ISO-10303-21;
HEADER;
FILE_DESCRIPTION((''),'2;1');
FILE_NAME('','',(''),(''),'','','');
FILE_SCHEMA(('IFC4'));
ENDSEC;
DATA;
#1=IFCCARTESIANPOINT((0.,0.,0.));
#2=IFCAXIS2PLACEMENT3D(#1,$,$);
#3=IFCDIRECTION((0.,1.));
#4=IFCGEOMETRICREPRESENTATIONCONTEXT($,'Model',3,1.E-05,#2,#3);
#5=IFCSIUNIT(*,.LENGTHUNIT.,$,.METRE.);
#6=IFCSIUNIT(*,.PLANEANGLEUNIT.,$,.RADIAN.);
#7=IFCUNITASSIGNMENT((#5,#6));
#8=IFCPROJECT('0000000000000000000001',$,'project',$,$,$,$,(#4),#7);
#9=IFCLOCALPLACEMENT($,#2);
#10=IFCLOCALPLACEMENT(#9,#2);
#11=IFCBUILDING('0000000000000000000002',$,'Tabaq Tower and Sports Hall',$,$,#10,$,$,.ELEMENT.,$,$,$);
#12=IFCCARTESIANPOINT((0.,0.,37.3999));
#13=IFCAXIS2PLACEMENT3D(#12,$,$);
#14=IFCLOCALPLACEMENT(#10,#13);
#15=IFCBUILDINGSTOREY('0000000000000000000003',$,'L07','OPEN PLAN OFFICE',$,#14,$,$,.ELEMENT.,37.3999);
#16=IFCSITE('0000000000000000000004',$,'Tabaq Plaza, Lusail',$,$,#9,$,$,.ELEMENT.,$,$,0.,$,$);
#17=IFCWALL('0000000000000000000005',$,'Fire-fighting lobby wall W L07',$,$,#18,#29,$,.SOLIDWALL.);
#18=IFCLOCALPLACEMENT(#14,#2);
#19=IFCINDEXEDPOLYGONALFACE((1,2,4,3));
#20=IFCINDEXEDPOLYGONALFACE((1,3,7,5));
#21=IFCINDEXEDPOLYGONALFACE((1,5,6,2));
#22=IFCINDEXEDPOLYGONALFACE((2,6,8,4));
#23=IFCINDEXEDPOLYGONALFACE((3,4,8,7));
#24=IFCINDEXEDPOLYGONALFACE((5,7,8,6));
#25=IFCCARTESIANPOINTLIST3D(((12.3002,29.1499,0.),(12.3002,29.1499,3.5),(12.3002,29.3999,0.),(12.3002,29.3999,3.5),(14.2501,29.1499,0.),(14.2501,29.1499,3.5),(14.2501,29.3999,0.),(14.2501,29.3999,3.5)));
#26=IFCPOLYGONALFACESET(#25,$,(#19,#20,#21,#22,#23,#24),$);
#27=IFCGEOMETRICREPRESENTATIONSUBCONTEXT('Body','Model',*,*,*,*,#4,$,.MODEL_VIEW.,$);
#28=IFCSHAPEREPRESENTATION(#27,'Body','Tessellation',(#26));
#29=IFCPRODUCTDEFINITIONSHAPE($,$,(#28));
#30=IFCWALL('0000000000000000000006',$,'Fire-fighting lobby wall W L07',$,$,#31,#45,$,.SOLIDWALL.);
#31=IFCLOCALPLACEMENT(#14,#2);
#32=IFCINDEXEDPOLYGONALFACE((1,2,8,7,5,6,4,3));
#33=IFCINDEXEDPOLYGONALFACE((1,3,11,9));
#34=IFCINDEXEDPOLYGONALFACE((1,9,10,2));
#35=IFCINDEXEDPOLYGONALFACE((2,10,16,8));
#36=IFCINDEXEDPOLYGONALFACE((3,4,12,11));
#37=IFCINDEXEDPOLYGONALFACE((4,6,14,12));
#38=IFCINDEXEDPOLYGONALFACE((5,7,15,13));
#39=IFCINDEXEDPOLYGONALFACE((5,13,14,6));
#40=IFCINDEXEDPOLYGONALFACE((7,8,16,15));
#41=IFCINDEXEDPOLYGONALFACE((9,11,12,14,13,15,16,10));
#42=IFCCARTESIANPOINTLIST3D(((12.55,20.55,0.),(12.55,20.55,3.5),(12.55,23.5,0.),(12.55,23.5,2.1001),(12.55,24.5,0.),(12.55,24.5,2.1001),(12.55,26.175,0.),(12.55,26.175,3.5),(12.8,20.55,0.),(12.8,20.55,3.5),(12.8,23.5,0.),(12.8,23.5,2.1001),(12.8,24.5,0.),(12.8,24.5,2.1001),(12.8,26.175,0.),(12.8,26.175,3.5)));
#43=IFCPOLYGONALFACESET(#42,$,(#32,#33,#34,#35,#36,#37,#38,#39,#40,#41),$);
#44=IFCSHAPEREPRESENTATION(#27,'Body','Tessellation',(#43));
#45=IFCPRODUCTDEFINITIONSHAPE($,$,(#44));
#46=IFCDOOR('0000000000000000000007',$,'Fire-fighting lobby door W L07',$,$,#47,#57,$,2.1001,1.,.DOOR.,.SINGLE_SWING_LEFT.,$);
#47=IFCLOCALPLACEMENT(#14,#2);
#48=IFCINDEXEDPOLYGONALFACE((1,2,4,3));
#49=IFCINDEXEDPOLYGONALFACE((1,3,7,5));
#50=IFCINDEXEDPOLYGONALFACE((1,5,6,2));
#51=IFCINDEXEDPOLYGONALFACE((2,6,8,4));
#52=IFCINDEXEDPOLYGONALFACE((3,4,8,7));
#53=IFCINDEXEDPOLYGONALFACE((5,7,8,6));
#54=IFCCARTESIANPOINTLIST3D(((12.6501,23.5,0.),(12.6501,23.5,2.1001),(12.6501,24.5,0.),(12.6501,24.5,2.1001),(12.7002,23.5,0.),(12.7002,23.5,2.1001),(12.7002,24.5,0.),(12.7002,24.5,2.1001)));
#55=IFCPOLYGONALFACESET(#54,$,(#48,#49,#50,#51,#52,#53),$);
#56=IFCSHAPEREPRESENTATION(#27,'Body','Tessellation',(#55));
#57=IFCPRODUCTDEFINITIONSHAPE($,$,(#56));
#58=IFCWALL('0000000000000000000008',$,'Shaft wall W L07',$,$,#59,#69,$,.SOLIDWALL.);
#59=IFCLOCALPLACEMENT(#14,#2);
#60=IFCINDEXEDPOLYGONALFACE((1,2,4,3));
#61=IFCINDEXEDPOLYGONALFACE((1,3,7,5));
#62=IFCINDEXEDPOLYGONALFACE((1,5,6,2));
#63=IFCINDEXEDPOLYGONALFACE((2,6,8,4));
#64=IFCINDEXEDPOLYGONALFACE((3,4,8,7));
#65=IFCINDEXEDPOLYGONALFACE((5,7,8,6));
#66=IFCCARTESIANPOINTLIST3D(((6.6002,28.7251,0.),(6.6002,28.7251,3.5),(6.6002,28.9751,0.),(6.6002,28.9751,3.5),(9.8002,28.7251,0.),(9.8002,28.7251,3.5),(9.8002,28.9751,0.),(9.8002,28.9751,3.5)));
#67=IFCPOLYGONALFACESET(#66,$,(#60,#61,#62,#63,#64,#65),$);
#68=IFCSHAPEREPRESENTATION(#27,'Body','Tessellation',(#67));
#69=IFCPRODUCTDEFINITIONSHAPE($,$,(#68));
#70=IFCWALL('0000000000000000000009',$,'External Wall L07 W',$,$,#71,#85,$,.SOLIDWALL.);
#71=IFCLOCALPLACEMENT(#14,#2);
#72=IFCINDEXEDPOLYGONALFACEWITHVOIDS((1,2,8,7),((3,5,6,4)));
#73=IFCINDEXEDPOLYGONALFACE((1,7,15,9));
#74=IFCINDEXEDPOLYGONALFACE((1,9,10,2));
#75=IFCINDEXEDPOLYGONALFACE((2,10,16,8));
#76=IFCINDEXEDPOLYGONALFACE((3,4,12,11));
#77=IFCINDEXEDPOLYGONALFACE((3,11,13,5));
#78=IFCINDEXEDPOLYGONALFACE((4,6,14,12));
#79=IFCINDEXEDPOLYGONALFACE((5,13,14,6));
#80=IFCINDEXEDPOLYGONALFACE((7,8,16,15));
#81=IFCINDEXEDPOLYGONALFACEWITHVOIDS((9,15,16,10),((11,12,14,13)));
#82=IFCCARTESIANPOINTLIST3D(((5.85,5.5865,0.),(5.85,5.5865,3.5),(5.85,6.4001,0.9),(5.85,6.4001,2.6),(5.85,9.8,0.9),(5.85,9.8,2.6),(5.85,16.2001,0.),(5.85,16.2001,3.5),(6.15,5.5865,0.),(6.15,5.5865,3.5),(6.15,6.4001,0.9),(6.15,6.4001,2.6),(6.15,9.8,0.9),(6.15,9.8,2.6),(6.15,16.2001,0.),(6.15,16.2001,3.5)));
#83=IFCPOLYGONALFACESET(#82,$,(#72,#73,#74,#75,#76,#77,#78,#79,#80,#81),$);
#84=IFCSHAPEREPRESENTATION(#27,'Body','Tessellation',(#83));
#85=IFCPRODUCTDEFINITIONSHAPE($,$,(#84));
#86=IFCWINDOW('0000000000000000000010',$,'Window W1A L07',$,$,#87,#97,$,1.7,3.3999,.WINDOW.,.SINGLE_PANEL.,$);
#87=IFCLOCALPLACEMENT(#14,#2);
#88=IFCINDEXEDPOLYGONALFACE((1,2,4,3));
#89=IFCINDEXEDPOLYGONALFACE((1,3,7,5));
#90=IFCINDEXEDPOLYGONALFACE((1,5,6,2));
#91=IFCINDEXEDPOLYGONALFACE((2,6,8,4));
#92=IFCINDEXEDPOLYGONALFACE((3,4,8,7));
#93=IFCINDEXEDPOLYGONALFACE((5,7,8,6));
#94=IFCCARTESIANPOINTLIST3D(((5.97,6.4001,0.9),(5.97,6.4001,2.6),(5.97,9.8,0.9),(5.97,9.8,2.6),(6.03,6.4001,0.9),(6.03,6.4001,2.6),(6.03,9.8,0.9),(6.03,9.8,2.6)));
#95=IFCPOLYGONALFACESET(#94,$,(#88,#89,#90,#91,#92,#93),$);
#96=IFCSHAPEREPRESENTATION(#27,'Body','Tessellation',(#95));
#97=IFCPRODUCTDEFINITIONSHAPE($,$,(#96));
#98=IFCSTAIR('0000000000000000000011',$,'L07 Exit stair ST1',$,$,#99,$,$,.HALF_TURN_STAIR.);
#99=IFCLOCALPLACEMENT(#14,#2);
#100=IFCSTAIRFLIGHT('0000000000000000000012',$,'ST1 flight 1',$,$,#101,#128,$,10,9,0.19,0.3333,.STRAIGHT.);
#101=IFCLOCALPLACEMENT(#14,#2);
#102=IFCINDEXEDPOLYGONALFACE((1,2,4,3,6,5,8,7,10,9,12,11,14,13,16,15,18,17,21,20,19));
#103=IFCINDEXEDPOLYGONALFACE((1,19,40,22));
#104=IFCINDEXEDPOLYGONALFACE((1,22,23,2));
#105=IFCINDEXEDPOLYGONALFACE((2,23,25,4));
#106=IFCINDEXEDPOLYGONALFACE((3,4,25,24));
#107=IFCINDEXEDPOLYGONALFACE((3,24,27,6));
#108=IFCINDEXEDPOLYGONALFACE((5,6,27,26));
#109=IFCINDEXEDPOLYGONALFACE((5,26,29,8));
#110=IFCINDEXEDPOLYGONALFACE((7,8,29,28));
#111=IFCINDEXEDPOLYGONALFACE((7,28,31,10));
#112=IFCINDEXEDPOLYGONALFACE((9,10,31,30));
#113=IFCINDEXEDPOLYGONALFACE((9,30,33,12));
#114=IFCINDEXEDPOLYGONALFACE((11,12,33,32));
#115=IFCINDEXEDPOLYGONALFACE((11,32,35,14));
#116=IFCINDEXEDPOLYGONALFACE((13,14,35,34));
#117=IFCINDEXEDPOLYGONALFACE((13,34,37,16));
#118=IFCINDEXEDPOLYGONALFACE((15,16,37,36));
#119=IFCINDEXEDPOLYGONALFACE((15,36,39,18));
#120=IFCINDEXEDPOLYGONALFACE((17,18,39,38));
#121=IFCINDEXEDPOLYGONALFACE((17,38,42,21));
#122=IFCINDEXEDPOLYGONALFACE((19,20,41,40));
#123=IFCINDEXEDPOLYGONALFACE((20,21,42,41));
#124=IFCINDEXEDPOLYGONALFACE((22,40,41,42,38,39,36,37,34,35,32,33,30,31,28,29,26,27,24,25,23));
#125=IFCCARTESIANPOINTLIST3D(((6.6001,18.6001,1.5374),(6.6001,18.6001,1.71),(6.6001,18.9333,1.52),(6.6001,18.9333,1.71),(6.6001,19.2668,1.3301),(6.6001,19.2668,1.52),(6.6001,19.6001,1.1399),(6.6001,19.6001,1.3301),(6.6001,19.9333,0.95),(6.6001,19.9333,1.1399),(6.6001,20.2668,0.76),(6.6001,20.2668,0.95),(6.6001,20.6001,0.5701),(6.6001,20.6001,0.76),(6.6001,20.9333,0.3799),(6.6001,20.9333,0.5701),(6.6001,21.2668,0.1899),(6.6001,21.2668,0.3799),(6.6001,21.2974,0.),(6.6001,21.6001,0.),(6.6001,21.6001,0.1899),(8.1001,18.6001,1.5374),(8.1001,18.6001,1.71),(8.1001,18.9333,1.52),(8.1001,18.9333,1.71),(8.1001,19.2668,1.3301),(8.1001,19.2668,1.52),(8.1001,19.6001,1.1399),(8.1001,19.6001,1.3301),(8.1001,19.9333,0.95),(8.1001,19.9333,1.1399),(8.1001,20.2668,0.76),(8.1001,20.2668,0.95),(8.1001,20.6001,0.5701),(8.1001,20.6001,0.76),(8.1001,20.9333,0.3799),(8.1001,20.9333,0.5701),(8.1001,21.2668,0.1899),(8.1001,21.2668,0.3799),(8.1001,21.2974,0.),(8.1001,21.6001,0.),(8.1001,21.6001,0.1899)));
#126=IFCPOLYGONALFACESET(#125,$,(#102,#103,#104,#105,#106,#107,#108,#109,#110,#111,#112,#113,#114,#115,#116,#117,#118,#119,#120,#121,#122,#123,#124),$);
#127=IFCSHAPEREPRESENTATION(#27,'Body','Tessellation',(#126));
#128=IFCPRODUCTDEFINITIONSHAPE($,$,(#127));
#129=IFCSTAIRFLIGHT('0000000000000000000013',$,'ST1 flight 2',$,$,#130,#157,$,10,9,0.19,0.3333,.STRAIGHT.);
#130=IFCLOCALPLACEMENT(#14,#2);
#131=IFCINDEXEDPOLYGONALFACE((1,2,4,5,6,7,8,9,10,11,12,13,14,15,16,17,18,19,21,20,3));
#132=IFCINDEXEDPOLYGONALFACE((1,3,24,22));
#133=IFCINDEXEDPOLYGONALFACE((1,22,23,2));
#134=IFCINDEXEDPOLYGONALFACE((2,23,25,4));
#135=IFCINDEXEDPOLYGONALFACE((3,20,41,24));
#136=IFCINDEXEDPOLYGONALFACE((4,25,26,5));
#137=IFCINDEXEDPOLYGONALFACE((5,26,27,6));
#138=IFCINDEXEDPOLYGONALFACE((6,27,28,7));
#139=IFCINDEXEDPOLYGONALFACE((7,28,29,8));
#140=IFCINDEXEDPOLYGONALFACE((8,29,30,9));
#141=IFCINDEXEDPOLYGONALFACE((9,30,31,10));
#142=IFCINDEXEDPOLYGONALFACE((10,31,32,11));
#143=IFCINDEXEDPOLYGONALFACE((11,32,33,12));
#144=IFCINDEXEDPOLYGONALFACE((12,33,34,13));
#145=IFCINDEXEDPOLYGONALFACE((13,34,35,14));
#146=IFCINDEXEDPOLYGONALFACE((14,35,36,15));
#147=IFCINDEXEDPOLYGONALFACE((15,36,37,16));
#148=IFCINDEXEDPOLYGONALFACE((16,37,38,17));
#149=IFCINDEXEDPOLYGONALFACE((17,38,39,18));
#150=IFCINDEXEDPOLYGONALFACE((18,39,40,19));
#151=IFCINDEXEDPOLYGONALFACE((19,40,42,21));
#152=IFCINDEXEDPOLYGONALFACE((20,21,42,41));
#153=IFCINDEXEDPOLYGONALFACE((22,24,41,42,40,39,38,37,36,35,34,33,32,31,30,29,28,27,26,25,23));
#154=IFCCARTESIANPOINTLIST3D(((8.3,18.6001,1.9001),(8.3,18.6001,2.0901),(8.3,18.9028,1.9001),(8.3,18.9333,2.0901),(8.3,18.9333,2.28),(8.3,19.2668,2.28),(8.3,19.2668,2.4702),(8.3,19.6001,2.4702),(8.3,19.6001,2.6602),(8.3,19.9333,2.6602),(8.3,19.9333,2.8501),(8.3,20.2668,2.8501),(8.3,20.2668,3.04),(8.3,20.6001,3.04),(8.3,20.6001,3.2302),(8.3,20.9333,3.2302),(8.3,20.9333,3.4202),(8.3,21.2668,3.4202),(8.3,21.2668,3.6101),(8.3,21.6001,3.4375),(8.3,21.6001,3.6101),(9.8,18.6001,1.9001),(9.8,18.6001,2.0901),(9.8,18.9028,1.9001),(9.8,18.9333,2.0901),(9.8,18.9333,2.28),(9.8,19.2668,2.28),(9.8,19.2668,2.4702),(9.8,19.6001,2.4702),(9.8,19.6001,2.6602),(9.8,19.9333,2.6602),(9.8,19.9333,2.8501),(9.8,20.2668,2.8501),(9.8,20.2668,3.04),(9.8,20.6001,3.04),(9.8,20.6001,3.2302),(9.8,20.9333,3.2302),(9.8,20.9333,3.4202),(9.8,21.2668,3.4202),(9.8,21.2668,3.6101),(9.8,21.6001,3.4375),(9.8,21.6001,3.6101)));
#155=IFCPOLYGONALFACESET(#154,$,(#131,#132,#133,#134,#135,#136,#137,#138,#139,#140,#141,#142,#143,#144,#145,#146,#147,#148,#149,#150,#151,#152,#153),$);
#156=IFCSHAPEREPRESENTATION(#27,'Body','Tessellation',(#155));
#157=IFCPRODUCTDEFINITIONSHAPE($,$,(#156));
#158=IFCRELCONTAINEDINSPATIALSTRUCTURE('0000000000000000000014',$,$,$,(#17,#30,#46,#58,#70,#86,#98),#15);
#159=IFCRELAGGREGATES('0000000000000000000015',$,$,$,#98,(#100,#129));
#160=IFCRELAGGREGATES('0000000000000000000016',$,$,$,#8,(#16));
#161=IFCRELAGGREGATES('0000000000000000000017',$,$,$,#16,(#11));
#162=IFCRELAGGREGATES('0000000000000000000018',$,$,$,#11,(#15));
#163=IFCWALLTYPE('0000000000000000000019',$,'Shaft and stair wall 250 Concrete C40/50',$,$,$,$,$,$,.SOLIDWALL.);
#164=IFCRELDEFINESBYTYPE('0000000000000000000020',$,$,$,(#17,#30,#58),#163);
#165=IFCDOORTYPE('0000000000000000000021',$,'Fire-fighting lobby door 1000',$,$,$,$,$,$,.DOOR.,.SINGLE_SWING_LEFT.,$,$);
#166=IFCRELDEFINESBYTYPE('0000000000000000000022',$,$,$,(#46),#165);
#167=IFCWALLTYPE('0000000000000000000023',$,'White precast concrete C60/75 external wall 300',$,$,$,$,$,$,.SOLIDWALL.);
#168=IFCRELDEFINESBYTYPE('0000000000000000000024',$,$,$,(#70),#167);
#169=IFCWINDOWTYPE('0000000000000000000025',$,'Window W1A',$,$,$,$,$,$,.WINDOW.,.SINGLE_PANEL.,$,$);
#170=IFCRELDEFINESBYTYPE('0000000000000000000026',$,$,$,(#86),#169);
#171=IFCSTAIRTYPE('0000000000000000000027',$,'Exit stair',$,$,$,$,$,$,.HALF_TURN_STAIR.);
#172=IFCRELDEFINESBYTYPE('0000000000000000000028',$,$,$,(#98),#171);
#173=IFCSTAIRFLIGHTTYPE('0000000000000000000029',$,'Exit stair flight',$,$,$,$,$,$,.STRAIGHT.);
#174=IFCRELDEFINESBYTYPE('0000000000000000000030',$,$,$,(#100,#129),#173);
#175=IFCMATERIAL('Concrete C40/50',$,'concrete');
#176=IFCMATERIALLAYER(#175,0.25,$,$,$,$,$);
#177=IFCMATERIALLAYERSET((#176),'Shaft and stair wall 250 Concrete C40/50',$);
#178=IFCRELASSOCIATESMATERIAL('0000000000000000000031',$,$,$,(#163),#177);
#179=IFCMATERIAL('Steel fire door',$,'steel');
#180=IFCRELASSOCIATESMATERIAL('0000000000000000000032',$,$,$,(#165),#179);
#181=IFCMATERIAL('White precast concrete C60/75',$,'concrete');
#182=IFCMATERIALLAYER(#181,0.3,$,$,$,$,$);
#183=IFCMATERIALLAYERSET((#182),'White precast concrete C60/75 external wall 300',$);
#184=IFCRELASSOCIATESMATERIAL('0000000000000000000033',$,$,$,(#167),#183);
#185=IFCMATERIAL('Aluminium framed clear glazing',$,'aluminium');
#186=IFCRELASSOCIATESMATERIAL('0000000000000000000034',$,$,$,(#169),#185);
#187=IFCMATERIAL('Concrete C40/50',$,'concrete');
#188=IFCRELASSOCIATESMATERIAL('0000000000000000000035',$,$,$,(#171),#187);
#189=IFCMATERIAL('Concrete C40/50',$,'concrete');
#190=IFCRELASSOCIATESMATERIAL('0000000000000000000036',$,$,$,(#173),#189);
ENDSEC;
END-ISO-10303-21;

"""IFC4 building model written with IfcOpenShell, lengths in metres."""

from ifc_helpers import new_model, si_unit, direction, frame, frame_2d, origin, place, context, subcontext, project, spatial, polyline, rectangle, outline, extrude, material, layer, layer_set, type_object, element, fill, aggregate, save


model = new_model("IFC4")

# Units and contexts
model_context = context("Model", 3, precision=1e-05, world=origin(), true_north=direction((0.0, 1.0)))
body_context = subcontext(model_context, "Body", "Model", "MODEL_VIEW")
ifc_project = project(units=[si_unit("LENGTHUNIT", "METRE"), si_unit("PLANEANGLEUNIT", "RADIAN")], contexts=[model_context])

# Site, building, storey
site_placement = place(None, origin())
site = spatial("IfcSite", under=ifc_project, at=site_placement, Name="Tabaq Plaza, Lusail", CompositionType="ELEMENT", RefElevation=0.0)
building_placement = place(site_placement, origin())
building = spatial("IfcBuilding", under=site, at=building_placement, Name="Tabaq Tower and Sports Hall", CompositionType="ELEMENT")
storey_placement = place(building_placement, frame((0.0, 0.0, 37.3999)))
storey = spatial("IfcBuildingStorey", under=building, at=storey_placement, Name="L07", Description="OPEN PLAN OFFICE", CompositionType="ELEMENT", Elevation=37.3999)

# Shared definitions
ifc_material_1 = material(Name="Concrete C40/50", Category="concrete")
ifc_layer_1 = layer(ifc_material_1, 0.25)
ifc_layer_set_1 = layer_set([ifc_layer_1], Name="Shaft and stair wall 250 Concrete C40/50")
wall_type_1 = type_object("IfcWallType", Name="Shaft and stair wall 250 Concrete C40/50", PredefinedType="SOLIDWALL", material=ifc_layer_set_1)

# Shared definitions
ifc_material_2 = material(Name="Steel fire door", Category="steel")
door_type_1 = type_object("IfcDoorType", Name="Fire-fighting lobby door 1000", OperationType="SINGLE_SWING_LEFT", PredefinedType="DOOR", material=ifc_material_2)

# Wall
wall_1_placement = place(storey_placement, frame((12.3, 29.2749, 0.0), z_axis=(0.0, 0.0, 1.0), x_axis=(1.0, 0.0, 0.0)))
element("IfcWall", 1, at=wall_1_placement, inside=storey, type_object=wall_type_1, Name="Fire-fighting lobby wall W L07", PredefinedType="SOLIDWALL", context=body_context, shape_type="SweptSolid", body=[
    extrude(rectangle(XDim=1.95, YDim=0.25, at=frame_2d((0.9751, 0.0))), origin(), (0.0, 0.0, 1.0), 3.5),
])

# Wall, opening, door
wall_2_placement = place(storey_placement, frame((12.675, 20.55, 0.0), z_axis=(0.0, 0.0, 1.0), x_axis=(0.0, 1.0, 0.0)))
wall_2 = element("IfcWall", 2, at=wall_2_placement, inside=storey, type_object=wall_type_1, Name="Fire-fighting lobby wall W L07", PredefinedType="SOLIDWALL", context=body_context, shape_type="SweptSolid", body=[
    extrude(rectangle(XDim=5.625, YDim=0.25, at=frame_2d((2.8125, 0.0))), origin(), (0.0, 0.0, 1.0), 3.5),
])
opening_1_placement = place(wall_2_placement, frame((2.95, 0.0, 0.0)))
opening_1 = element("IfcOpeningElement", 3, at=opening_1_placement, cuts=wall_2, PredefinedType="OPENING", context=body_context, shape_type="SweptSolid", body=[
    extrude(rectangle(XDim=1.0, YDim=2.1001, at=frame_2d((0.5, 1.05))), frame((0.0, 0.125, 0.0), z_axis=(0.0, -1.0, 0.0), x_axis=(1.0, 0.0, 0.0)), (0.0, 0.0, 1.0), 0.25),
])
door_1_placement = place(opening_1_placement, origin())
door_1 = element("IfcDoor", 4, at=door_1_placement, inside=storey, type_object=door_type_1, Name="Fire-fighting lobby door W L07", OperationType="SINGLE_SWING_LEFT", OverallHeight=2.1001, OverallWidth=1.0, PredefinedType="DOOR", context=body_context, shape_type="SweptSolid", body=[
    extrude(rectangle(XDim=1.0, YDim=2.1001, at=frame_2d((0.5, 1.05))), frame((0.0, 0.0249, 0.0), z_axis=(0.0, -1.0, 0.0), x_axis=(1.0, 0.0, 0.0)), (0.0, 0.0, 1.0), 0.05),
])
fill(opening_1, door_1)

# Wall
wall_3_placement = place(storey_placement, frame((6.6001, 28.8501, 0.0), z_axis=(0.0, 0.0, 1.0), x_axis=(1.0, 0.0, 0.0)))
element("IfcWall", 5, at=wall_3_placement, inside=storey, type_object=wall_type_1, Name="Shaft wall W L07", PredefinedType="SOLIDWALL", context=body_context, shape_type="SweptSolid", body=[
    extrude(rectangle(XDim=3.2, YDim=0.25, at=frame_2d((1.6001, 0.0))), origin(), (0.0, 0.0, 1.0), 3.5),
])

# Wall, opening, window
ifc_material_3 = material(Name="White precast concrete C60/75", Category="concrete")
ifc_layer_2 = layer(ifc_material_3, 0.3)
ifc_layer_set_2 = layer_set([ifc_layer_2], Name="White precast concrete C60/75 external wall 300")
wall_type_2 = type_object("IfcWallType", Name="White precast concrete C60/75 external wall 300", PredefinedType="SOLIDWALL", material=ifc_layer_set_2)
wall_4_placement = place(storey_placement, frame((6.0, 16.2, 0.0), z_axis=(0.0, 0.0, 1.0), x_axis=(0.0, -1.0, 0.0)))
wall_4 = element("IfcWall", 6, at=wall_4_placement, inside=storey, type_object=wall_type_2, Name="External Wall L07 W", PredefinedType="SOLIDWALL", context=body_context, shape_type="SweptSolid", body=[
    extrude(rectangle(XDim=10.6135, YDim=0.3, at=frame_2d((5.3066, 0.0))), origin(), (0.0, 0.0, 1.0), 3.5),
])
opening_2_placement = place(wall_4_placement, frame((6.3999, 0.0, 0.8999)))
opening_2 = element("IfcOpeningElement", 7, at=opening_2_placement, cuts=wall_4, PredefinedType="OPENING", context=body_context, shape_type="SweptSolid", body=[
    extrude(rectangle(XDim=3.3999, YDim=1.7, at=frame_2d((1.7, 0.8501))), frame((0.0, 0.1602, 0.0), z_axis=(0.0, -1.0, 0.0), x_axis=(1.0, 0.0, 0.0)), (0.0, 0.0, 1.0), 0.3201),
])
ifc_material_4 = material(Name="Aluminium framed clear glazing", Category="aluminium")
window_type = type_object("IfcWindowType", Name="Window W1A", PartitioningType="SINGLE_PANEL", PredefinedType="WINDOW", material=ifc_material_4)
window_placement = place(opening_2_placement, origin())
window = element("IfcWindow", 8, at=window_placement, inside=storey, type_object=window_type, Name="Window W1A L07", OverallHeight=1.7, OverallWidth=3.3999, PartitioningType="SINGLE_PANEL", PredefinedType="WINDOW", context=body_context, shape_type="SweptSolid", body=[
    extrude(rectangle(XDim=3.3999, YDim=1.7, at=frame_2d((1.7, 0.8501))), frame((0.0, 0.03, 0.0), z_axis=(0.0, -1.0, 0.0), x_axis=(1.0, 0.0, 0.0)), (0.0, 0.0, 1.0), 0.0601),
])
fill(opening_2, window)

# Stair, stair flights
ifc_material_5 = material(Name="Concrete C40/50", Category="concrete")
stair_type = type_object("IfcStairType", Name="Exit stair", PredefinedType="HALF_TURN_STAIR", material=ifc_material_5)
stair_placement = place(storey_placement, origin())
stair = element("IfcStair", 9, at=stair_placement, inside=storey, type_object=stair_type, Name="L07 Exit stair ST1", PredefinedType="HALF_TURN_STAIR")
ifc_material_6 = material(Name="Concrete C40/50", Category="concrete")
stair_flight_type = type_object("IfcStairFlightType", Name="Exit stair flight", PredefinedType="STRAIGHT", material=ifc_material_6)
stair_flight_1_placement = place(storey_placement, frame((7.3501, 21.6001, 0.0), z_axis=(0.0, 0.0, 1.0), x_axis=(0.0, -1.0, 0.0)))
stair_flight_1 = element("IfcStairFlight", 10, at=stair_flight_1_placement, type_object=stair_flight_type, Name="ST1 flight 1", NumberOfRisers=10, NumberOfTreads=9, PredefinedType="STRAIGHT", RiserHeight=0.19, TreadLength=0.3333, context=body_context, shape_type="SweptSolid", body=[
    extrude(outline(polyline([(0.0, 0.0), (0.0, 0.1899), (0.3333, 0.1899), (0.3333, 0.3799), (0.6667, 0.3799), (0.6667, 0.5701), (1.0, 0.5701), (1.0, 0.76), (1.3333, 0.76), (1.3333, 0.95), (1.6667, 0.95), (1.6667, 1.1399), (2.0, 1.1399), (2.0, 1.3301), (2.3333, 1.3301), (2.3333, 1.52), (2.6667, 1.52), (2.6667, 1.71), (3.0, 1.71), (3.0, 1.8999), (3.0, 1.5374), (0.3027, 0.0), (0.0, 0.0)])), frame((0.0, 0.75, 0.0), z_axis=(0.0, -1.0, 0.0), x_axis=(1.0, 0.0, 0.0)), (0.0, 0.0, 1.0), 1.5),
])
stair_flight_2_placement = place(storey_placement, frame((9.05, 18.6001, 1.9001), z_axis=(0.0, 0.0, 1.0), x_axis=(0.0, 1.0, 0.0)))
stair_flight_2 = element("IfcStairFlight", 11, at=stair_flight_2_placement, type_object=stair_flight_type, Name="ST1 flight 2", NumberOfRisers=10, NumberOfTreads=9, PredefinedType="STRAIGHT", RiserHeight=0.19, TreadLength=0.3333, context=body_context, shape_type="SweptSolid", body=[
    extrude(outline(polyline([(0.0, 0.0), (0.0, 0.1899), (0.3333, 0.1899), (0.3333, 0.3799), (0.6667, 0.3799), (0.6667, 0.5701), (1.0, 0.5701), (1.0, 0.76), (1.3333, 0.76), (1.3333, 0.95), (1.6667, 0.95), (1.6667, 1.1399), (2.0, 1.1399), (2.0, 1.3301), (2.3333, 1.3301), (2.3333, 1.52), (2.6667, 1.52), (2.6667, 1.71), (3.0, 1.71), (3.0, 1.8999), (3.0, 1.5374), (0.3027, 0.0), (0.0, 0.0)])), frame((0.0, 0.75, 0.0), z_axis=(0.0, -1.0, 0.0), x_axis=(1.0, 0.0, 0.0)), (0.0, 0.0, 1.0), 1.5),
])
aggregate(stair, [stair_flight_1, stair_flight_2])

save(model, "model.ifc")
